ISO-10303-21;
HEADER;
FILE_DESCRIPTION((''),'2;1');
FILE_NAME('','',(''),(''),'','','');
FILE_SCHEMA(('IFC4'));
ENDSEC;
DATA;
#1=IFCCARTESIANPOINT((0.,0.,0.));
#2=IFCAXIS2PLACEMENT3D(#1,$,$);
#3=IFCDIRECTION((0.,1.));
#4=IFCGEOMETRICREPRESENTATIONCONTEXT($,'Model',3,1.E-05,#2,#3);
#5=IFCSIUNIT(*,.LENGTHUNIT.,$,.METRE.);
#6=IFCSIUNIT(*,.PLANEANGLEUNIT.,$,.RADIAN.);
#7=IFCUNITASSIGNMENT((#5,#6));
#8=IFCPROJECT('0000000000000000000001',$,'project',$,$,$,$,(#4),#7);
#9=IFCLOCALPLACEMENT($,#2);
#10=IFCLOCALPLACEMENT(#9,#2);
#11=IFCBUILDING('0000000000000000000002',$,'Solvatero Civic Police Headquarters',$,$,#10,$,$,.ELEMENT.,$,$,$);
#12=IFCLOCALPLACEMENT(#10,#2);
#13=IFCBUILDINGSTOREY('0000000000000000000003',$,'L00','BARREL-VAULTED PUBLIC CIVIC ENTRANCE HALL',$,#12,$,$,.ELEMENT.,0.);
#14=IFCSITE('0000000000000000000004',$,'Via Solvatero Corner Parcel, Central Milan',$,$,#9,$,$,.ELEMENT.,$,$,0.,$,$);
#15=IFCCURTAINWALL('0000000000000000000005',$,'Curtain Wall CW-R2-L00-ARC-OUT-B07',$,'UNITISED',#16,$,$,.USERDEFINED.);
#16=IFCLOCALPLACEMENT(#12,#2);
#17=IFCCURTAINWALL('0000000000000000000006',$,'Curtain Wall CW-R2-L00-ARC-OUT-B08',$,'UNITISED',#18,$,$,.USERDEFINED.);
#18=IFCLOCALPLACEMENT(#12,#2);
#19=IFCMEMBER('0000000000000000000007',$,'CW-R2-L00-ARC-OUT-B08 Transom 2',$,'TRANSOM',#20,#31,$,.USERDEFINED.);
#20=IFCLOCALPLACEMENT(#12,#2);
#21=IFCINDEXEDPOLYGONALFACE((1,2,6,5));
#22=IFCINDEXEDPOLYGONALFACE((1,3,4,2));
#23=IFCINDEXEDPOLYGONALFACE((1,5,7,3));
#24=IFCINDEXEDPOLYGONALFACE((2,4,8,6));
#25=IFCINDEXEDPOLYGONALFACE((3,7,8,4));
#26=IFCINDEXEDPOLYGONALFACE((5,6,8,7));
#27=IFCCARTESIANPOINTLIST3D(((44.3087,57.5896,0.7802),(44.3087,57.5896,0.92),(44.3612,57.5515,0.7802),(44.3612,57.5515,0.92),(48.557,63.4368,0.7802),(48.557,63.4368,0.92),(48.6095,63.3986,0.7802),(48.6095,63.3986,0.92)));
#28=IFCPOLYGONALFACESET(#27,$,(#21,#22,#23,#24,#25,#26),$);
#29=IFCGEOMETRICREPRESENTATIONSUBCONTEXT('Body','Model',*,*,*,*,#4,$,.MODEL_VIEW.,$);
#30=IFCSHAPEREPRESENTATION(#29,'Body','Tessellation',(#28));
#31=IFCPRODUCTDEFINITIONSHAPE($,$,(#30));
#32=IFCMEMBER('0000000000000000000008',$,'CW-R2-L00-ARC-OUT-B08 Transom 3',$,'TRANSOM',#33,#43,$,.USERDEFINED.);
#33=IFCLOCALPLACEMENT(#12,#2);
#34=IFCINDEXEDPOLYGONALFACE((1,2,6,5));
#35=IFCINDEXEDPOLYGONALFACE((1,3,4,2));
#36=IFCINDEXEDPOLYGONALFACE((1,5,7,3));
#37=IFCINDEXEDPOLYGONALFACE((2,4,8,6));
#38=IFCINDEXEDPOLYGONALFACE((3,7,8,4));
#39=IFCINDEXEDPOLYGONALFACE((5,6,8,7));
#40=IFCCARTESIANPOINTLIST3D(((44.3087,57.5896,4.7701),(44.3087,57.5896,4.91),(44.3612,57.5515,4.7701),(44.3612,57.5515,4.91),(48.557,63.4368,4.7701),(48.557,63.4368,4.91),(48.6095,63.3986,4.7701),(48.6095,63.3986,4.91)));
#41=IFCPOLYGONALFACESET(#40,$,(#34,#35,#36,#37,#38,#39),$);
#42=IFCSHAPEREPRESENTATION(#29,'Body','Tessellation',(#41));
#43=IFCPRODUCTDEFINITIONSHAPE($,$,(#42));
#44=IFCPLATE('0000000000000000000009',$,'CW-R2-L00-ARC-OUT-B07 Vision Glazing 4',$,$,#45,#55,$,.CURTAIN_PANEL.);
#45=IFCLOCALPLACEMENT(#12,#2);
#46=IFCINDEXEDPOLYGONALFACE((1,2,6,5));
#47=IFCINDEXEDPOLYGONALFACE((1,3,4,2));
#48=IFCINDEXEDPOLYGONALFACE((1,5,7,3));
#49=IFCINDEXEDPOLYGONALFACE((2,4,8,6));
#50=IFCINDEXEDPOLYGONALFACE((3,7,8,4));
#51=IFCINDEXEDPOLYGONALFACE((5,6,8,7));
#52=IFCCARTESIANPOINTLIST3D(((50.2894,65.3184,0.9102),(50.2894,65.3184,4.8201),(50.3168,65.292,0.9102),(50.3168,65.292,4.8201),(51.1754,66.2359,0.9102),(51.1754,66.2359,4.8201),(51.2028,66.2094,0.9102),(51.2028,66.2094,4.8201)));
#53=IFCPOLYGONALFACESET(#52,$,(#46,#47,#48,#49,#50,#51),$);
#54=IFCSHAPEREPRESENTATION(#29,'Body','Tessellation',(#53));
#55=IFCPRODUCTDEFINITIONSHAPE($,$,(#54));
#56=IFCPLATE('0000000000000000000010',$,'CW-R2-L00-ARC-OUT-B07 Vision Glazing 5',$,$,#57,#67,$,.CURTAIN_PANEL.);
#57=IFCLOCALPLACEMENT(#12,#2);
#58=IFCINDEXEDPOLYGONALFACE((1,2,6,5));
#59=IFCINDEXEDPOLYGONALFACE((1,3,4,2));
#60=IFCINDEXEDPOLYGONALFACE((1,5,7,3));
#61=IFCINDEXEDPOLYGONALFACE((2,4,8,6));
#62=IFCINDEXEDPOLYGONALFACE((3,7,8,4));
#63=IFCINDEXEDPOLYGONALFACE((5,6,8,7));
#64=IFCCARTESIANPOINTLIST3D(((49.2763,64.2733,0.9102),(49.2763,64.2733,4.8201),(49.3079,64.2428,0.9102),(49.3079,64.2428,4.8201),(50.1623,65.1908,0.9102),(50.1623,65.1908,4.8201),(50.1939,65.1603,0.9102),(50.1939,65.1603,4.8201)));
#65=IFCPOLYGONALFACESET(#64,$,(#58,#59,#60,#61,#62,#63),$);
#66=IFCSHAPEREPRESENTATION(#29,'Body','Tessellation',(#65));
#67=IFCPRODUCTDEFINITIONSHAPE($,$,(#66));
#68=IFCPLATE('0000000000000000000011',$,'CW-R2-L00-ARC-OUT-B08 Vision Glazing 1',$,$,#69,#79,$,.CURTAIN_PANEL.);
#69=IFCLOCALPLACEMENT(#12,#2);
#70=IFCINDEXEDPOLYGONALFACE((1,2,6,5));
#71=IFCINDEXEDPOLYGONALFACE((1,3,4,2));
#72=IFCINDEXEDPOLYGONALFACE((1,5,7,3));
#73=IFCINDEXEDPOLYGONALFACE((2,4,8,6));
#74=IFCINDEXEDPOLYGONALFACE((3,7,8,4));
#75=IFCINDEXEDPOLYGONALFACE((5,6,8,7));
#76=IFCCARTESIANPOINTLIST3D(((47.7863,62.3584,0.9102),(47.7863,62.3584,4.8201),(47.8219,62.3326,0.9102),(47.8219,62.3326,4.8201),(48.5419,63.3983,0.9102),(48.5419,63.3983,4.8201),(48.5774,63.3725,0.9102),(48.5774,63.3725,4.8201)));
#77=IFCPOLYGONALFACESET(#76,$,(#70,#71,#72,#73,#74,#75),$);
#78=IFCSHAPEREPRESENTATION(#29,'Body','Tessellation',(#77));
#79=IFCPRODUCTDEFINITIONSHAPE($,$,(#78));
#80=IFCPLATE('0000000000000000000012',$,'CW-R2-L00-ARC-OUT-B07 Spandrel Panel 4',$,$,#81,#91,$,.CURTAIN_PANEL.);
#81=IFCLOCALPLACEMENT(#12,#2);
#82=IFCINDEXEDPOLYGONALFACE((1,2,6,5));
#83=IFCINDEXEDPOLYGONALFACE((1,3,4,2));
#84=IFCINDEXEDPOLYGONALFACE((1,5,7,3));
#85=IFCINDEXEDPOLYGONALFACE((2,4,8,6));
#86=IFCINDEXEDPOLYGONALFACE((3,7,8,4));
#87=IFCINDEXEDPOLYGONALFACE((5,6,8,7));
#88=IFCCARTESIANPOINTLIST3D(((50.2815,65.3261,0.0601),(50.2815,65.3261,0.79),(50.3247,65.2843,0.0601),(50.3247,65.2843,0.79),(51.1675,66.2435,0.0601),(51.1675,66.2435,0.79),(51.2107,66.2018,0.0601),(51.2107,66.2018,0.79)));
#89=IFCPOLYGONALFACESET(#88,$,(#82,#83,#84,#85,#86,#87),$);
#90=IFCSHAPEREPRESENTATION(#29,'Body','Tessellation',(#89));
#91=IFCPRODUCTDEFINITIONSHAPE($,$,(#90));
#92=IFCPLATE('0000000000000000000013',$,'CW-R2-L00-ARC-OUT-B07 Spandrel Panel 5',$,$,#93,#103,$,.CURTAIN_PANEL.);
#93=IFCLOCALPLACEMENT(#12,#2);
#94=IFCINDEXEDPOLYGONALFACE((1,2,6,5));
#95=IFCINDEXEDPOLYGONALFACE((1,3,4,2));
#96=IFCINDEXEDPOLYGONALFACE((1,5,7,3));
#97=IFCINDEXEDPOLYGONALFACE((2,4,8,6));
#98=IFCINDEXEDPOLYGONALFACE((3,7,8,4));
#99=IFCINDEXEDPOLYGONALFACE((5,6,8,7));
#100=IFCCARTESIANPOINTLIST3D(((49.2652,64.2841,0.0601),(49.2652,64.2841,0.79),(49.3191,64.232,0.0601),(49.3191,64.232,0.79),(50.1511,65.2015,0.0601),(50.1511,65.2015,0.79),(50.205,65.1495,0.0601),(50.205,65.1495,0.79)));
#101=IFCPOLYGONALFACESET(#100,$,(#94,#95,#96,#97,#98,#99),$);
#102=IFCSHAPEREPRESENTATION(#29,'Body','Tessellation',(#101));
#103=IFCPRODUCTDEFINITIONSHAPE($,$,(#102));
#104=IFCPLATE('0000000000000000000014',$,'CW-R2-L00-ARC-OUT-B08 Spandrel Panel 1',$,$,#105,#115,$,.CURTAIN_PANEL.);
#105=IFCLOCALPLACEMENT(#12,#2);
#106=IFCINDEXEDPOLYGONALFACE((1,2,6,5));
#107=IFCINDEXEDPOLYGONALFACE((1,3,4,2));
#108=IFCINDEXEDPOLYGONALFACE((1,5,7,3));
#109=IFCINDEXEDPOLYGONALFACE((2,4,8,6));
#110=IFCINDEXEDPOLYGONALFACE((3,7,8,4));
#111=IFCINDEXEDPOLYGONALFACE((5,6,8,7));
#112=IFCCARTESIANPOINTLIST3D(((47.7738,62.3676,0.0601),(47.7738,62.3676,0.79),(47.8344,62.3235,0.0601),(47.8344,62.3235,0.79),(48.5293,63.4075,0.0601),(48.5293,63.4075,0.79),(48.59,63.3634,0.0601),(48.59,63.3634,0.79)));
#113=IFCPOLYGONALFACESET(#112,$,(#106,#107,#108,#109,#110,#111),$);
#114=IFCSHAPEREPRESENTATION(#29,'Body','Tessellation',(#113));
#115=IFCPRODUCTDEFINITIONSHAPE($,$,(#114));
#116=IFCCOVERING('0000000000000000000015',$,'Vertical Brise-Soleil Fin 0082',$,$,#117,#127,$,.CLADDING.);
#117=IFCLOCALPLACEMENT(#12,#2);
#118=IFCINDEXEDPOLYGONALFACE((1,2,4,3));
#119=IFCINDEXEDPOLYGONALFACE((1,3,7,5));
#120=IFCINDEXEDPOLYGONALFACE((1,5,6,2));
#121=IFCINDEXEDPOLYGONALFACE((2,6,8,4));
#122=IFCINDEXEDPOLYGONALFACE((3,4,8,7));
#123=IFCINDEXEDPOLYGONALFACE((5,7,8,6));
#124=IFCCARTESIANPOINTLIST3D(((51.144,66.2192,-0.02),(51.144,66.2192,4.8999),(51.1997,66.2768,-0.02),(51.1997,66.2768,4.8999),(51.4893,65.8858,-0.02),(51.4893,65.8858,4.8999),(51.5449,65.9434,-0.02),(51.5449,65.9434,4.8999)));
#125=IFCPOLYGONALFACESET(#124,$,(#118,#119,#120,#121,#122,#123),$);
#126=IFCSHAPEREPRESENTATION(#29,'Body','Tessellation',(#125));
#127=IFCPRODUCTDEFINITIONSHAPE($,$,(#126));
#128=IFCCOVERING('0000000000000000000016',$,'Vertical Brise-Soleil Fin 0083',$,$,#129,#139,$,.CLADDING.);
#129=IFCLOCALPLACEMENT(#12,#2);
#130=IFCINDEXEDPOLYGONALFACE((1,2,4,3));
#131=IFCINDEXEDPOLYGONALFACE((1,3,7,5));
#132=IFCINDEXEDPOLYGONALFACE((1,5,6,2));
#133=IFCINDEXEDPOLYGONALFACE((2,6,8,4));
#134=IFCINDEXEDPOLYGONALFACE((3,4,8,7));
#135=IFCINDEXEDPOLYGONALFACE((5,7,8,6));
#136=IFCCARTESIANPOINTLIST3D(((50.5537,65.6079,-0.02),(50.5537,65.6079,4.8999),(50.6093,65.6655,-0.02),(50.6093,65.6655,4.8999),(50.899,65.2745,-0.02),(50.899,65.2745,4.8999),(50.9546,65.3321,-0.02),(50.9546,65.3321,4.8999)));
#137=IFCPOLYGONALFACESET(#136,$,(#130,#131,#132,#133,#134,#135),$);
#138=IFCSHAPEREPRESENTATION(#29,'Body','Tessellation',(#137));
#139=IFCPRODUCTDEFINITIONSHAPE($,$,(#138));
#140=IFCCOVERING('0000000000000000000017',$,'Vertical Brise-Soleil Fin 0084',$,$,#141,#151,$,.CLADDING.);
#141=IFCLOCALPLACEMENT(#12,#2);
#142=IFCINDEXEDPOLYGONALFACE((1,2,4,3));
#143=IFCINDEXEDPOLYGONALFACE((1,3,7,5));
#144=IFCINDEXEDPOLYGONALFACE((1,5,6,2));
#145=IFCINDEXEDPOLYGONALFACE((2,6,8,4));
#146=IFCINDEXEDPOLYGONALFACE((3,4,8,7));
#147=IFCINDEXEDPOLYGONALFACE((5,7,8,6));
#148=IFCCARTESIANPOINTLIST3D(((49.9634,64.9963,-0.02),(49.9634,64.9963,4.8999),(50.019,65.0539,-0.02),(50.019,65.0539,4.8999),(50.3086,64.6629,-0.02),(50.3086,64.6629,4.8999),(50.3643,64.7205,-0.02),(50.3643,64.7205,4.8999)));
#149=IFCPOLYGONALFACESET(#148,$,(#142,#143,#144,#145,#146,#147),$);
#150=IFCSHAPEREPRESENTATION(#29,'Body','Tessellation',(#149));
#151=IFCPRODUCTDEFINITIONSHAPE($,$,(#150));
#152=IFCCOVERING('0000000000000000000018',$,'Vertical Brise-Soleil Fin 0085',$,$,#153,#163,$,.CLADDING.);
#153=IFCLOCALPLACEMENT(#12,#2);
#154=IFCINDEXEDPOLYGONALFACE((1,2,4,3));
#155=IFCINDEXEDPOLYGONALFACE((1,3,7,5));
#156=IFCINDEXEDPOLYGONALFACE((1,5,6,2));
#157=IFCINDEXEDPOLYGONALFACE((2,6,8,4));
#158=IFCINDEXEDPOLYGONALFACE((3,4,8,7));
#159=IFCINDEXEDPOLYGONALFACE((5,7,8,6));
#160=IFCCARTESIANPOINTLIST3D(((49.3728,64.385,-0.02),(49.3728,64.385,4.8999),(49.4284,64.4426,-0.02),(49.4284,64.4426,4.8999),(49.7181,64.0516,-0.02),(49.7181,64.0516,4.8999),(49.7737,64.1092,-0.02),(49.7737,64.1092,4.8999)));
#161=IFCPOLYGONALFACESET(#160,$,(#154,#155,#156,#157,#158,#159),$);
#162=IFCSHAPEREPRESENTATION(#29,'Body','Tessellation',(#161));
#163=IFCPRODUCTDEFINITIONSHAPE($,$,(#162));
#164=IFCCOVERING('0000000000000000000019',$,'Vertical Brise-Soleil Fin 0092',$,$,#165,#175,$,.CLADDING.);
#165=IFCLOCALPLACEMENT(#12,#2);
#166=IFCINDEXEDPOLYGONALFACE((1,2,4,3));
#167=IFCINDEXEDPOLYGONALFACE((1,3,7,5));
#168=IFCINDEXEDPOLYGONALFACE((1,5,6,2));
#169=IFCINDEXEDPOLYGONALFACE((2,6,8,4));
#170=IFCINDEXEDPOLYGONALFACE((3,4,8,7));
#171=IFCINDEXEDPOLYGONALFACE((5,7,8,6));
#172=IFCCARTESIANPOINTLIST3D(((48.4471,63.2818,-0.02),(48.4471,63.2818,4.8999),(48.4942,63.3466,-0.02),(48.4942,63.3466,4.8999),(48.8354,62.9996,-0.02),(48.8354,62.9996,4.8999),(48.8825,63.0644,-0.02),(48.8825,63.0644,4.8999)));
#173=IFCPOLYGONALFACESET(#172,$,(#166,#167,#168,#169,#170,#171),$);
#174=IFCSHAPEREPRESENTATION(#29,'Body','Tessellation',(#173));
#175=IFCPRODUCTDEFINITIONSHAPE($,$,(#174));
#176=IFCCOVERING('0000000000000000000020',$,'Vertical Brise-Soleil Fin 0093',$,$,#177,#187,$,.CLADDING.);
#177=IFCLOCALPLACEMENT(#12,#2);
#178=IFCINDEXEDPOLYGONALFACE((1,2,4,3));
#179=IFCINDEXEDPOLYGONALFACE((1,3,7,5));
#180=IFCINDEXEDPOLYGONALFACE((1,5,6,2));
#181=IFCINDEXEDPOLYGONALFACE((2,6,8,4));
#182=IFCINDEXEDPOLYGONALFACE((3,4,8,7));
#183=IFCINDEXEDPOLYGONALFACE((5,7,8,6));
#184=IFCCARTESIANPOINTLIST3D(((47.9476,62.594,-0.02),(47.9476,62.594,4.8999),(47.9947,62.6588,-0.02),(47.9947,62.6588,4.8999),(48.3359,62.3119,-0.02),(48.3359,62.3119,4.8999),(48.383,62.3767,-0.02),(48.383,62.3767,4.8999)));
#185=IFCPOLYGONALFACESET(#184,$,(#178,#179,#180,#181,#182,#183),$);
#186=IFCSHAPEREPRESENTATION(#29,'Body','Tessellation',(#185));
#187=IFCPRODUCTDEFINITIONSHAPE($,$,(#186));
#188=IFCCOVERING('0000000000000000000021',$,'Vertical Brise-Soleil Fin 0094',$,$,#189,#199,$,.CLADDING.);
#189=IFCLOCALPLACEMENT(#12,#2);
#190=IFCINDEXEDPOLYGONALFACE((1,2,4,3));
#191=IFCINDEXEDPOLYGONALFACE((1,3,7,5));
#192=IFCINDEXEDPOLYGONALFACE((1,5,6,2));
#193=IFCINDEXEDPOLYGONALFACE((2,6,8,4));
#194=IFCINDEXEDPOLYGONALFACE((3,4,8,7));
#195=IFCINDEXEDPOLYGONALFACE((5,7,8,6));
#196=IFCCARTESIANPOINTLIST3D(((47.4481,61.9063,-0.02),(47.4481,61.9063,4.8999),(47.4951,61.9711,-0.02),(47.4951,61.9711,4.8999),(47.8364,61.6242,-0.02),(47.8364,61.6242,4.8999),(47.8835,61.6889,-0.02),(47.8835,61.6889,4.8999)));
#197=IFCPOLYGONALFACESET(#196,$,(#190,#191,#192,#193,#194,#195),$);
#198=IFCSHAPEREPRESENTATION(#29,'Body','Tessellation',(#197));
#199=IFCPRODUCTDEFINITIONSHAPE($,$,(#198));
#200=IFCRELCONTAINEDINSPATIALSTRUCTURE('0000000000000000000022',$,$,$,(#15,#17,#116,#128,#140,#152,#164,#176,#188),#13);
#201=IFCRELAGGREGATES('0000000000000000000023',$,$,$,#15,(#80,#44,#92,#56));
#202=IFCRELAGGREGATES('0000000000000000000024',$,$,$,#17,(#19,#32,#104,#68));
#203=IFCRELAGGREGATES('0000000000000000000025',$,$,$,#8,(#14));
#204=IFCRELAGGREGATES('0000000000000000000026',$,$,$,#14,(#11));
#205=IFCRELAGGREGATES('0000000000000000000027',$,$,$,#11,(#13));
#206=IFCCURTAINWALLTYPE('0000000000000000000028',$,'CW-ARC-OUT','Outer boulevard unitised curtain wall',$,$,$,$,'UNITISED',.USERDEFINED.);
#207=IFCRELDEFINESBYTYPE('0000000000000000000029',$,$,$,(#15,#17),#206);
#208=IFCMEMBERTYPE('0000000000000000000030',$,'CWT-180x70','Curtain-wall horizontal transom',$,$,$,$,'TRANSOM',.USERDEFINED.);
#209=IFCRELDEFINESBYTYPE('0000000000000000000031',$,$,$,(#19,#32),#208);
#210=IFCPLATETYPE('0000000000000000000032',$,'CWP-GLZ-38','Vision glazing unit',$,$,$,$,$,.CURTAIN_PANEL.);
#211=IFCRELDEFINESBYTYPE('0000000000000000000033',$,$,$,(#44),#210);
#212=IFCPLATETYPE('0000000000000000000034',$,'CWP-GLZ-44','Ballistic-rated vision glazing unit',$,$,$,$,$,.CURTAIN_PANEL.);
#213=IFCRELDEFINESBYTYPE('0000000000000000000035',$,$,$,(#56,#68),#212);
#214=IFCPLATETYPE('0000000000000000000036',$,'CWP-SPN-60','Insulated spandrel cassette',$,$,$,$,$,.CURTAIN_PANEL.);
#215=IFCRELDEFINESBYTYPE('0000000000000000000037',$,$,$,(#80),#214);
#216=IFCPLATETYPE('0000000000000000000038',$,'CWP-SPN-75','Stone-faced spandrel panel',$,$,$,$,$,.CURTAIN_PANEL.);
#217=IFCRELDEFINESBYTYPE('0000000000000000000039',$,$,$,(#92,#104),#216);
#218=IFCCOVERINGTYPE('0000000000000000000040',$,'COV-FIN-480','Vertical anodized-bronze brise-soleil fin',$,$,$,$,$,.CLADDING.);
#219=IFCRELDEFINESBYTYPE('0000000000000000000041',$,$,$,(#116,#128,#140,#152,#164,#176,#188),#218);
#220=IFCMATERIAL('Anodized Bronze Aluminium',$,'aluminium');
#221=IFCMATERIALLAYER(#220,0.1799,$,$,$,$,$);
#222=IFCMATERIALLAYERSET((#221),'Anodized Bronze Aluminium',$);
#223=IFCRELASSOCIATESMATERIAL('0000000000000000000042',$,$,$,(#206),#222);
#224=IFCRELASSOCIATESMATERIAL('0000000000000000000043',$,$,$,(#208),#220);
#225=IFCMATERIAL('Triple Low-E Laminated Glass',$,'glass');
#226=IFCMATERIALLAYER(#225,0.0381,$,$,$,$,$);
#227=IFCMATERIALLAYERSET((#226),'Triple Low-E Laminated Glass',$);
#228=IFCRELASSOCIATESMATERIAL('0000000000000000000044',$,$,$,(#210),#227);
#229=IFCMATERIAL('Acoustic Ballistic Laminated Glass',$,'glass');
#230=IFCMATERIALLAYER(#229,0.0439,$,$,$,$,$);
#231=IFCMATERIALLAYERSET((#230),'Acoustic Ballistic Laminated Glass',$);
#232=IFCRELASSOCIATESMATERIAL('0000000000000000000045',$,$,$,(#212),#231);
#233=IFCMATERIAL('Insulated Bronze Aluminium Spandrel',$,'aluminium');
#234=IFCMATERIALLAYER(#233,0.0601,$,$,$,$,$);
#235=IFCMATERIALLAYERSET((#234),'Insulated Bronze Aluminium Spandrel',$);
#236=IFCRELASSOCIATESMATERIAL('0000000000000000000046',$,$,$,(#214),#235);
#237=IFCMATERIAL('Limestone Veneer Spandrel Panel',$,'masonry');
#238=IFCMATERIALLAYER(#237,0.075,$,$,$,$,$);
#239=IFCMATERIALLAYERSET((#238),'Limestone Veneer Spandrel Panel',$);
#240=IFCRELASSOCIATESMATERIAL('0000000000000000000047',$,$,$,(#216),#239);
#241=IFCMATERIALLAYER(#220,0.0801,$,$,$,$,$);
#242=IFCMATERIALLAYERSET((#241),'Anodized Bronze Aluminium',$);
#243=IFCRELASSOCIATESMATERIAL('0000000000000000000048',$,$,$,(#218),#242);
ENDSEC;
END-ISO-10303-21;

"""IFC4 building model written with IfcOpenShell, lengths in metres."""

from ifc_helpers import new_model, si_unit, direction, frame, origin, origin_2d, place, context, subcontext, project, spatial, rectangle, extrude, material, layer, layer_set, material_profile, profile_set, type_object, element, aggregate, save


model = new_model("IFC4")

# Units and contexts
model_context = context("Model", 3, precision=1e-05, world=origin(), true_north=direction((0.0, 1.0)))
body_context = subcontext(model_context, "Body", "Model", "MODEL_VIEW")
ifc_project = project(units=[si_unit("LENGTHUNIT", "METRE"), si_unit("PLANEANGLEUNIT", "RADIAN")], contexts=[model_context])

# Site, building, storey
site_placement = place(None, origin())
site = spatial("IfcSite", under=ifc_project, at=site_placement, Name="Via Solvatero Corner Parcel, Central Milan", CompositionType="ELEMENT", RefElevation=0.0)
building_placement = place(site_placement, origin())
building = spatial("IfcBuilding", under=site, at=building_placement, Name="Solvatero Civic Police Headquarters", CompositionType="ELEMENT")
storey_placement = place(building_placement, origin())
storey = spatial("IfcBuildingStorey", under=building, at=storey_placement, Name="L00", Description="BARREL-VAULTED PUBLIC CIVIC ENTRANCE HALL", CompositionType="ELEMENT", Elevation=0.0)

# Curtain walls, members
ifc_material_1 = material(Name="Anodized Bronze Aluminium", Category="aluminium")
ifc_layer_1 = layer(ifc_material_1, 0.1799)
ifc_layer_set_1 = layer_set([ifc_layer_1], Name="Anodized Bronze Aluminium")
curtain_wall_type = type_object("IfcCurtainWallType", Name="CW-ARC-OUT", Description="Outer boulevard unitised curtain wall", ElementType="UNITISED", PredefinedType="USERDEFINED", material=ifc_layer_set_1)
curtain_wall_1_placement = place(storey_placement, origin())
curtain_wall_1 = element("IfcCurtainWall", 1, at=curtain_wall_1_placement, inside=storey, type_object=curtain_wall_type, Name="Curtain Wall CW-R2-L00-ARC-OUT-B07", ObjectType="UNITISED", PredefinedType="USERDEFINED")
curtain_wall_2_placement = place(storey_placement, origin())
curtain_wall_2 = element("IfcCurtainWall", 2, at=curtain_wall_2_placement, inside=storey, type_object=curtain_wall_type, Name="Curtain Wall CW-R2-L00-ARC-OUT-B08", ObjectType="UNITISED", PredefinedType="USERDEFINED")
ifc_material_profile_1 = material_profile(ifc_material_1, rectangle(XDim=0.0649, YDim=0.1399, at=origin_2d()), Name="ALU TRANSOM 65x140")
ifc_profile_set_1 = profile_set([ifc_material_profile_1], Name="Anodized Bronze Aluminium")
member_type_1 = type_object("IfcMemberType", Name="CWT-180x70", Description="Curtain-wall horizontal transom", ElementType="TRANSOM", PredefinedType="USERDEFINED", material=ifc_profile_set_1)
member_1_placement = place(storey_placement, frame((48.5833, 63.4177, 0.8501), z_axis=(-0.587792, -0.809012, 0.0), x_axis=(0.809012, -0.587792, 0.0)))
member_1 = element("IfcMember", 3, at=member_1_placement, type_object=member_type_1, Name="CW-R2-L00-ARC-OUT-B08 Transom 2", ObjectType="TRANSOM", PredefinedType="USERDEFINED", context=body_context, shape_type="SweptSolid", body=[
    extrude(rectangle(XDim=0.0649, YDim=0.1399, at=origin_2d()), origin(), (0.0, 0.0, 1.0), 7.2275),
])
member_2_placement = place(storey_placement, frame((48.5833, 63.4177, 4.8401), z_axis=(-0.587792, -0.809012, 0.0), x_axis=(0.809012, -0.587792, 0.0)))
member_2 = element("IfcMember", 4, at=member_2_placement, type_object=member_type_1, Name="CW-R2-L00-ARC-OUT-B08 Transom 3", ObjectType="TRANSOM", PredefinedType="USERDEFINED", context=body_context, shape_type="SweptSolid", body=[
    extrude(rectangle(XDim=0.0649, YDim=0.1399, at=origin_2d()), origin(), (0.0, 0.0, 1.0), 7.2275),
])

# Plates
ifc_material_2 = material(Name="Triple Low-E Laminated Glass", Category="glass")
ifc_layer_2 = layer(ifc_material_2, 0.0381)
ifc_layer_set_2 = layer_set([ifc_layer_2], Name="Triple Low-E Laminated Glass")
plate_type_1 = type_object("IfcPlateType", Name="CWP-GLZ-38", Description="Vision glazing unit", PredefinedType="CURTAIN_PANEL", material=ifc_layer_set_2)
plate_1_placement = place(storey_placement, frame((50.7461, 65.7639, 0.9102), z_axis=(0.0, 0.0, 1.0), x_axis=(-0.694658, -0.71934, 0.0)))
plate_1 = element("IfcPlate", 5, at=plate_1_placement, type_object=plate_type_1, Name="CW-R2-L00-ARC-OUT-B07 Vision Glazing 4", PredefinedType="CURTAIN_PANEL", context=body_context, shape_type="SweptSolid", body=[
    extrude(rectangle(XDim=1.2754, YDim=0.0381, at=origin_2d()), origin(), (0.0, 0.0, 1.0), 3.9099),
])
ifc_material_3 = material(Name="Acoustic Ballistic Laminated Glass", Category="glass")
ifc_layer_3 = layer(ifc_material_3, 0.0439)
ifc_layer_set_3 = layer_set([ifc_layer_3], Name="Acoustic Ballistic Laminated Glass")
plate_type_2 = type_object("IfcPlateType", Name="CWP-GLZ-44", Description="Ballistic-rated vision glazing unit", PredefinedType="CURTAIN_PANEL", material=ifc_layer_set_3)
plate_2_placement = place(storey_placement, frame((49.7351, 64.7168, 0.9102), z_axis=(0.0, 0.0, 1.0), x_axis=(-0.694658, -0.71934, 0.0)))
plate_2 = element("IfcPlate", 6, at=plate_2_placement, type_object=plate_type_2, Name="CW-R2-L00-ARC-OUT-B07 Vision Glazing 5", PredefinedType="CURTAIN_PANEL", context=body_context, shape_type="SweptSolid", body=[
    extrude(rectangle(XDim=1.2754, YDim=0.0439, at=origin_2d()), origin(), (0.0, 0.0, 1.0), 3.9099),
])
plate_3_placement = place(storey_placement, frame((48.1819, 62.8655, 0.9102), z_axis=(0.0, 0.0, 1.0), x_axis=(-0.587785, -0.809017, 0.0)))
plate_3 = element("IfcPlate", 7, at=plate_3_placement, type_object=plate_type_2, Name="CW-R2-L00-ARC-OUT-B08 Vision Glazing 1", PredefinedType="CURTAIN_PANEL", context=body_context, shape_type="SweptSolid", body=[
    extrude(rectangle(XDim=1.2854, YDim=0.0439, at=origin_2d()), origin(), (0.0, 0.0, 1.0), 3.9099),
])
ifc_material_4 = material(Name="Insulated Bronze Aluminium Spandrel", Category="aluminium")
ifc_layer_4 = layer(ifc_material_4, 0.0601)
ifc_layer_set_4 = layer_set([ifc_layer_4], Name="Insulated Bronze Aluminium Spandrel")
plate_type_3 = type_object("IfcPlateType", Name="CWP-SPN-60", Description="Insulated spandrel cassette", PredefinedType="CURTAIN_PANEL", material=ifc_layer_set_4)
plate_4_placement = place(storey_placement, frame((50.7461, 65.7639, 0.0601), z_axis=(0.0, 0.0, 1.0), x_axis=(-0.694658, -0.71934, 0.0)))
plate_4 = element("IfcPlate", 8, at=plate_4_placement, type_object=plate_type_3, Name="CW-R2-L00-ARC-OUT-B07 Spandrel Panel 4", PredefinedType="CURTAIN_PANEL", context=body_context, shape_type="SweptSolid", body=[
    extrude(rectangle(XDim=1.2754, YDim=0.0601, at=origin_2d()), origin(), (0.0, 0.0, 1.0), 0.73),
])
ifc_material_5 = material(Name="Limestone Veneer Spandrel Panel", Category="masonry")
ifc_layer_5 = layer(ifc_material_5, 0.075)
ifc_layer_set_5 = layer_set([ifc_layer_5], Name="Limestone Veneer Spandrel Panel")
plate_type_4 = type_object("IfcPlateType", Name="CWP-SPN-75", Description="Stone-faced spandrel panel", PredefinedType="CURTAIN_PANEL", material=ifc_layer_set_5)
plate_5_placement = place(storey_placement, frame((49.7351, 64.7168, 0.0601), z_axis=(0.0, 0.0, 1.0), x_axis=(-0.694658, -0.71934, 0.0)))
plate_5 = element("IfcPlate", 9, at=plate_5_placement, type_object=plate_type_4, Name="CW-R2-L00-ARC-OUT-B07 Spandrel Panel 5", PredefinedType="CURTAIN_PANEL", context=body_context, shape_type="SweptSolid", body=[
    extrude(rectangle(XDim=1.2754, YDim=0.075, at=origin_2d()), origin(), (0.0, 0.0, 1.0), 0.73),
])
aggregate(curtain_wall_1, [plate_4, plate_1, plate_5, plate_2])
plate_6_placement = place(storey_placement, frame((48.1819, 62.8655, 0.0601), z_axis=(0.0, 0.0, 1.0), x_axis=(-0.587785, -0.809017, 0.0)))
plate_6 = element("IfcPlate", 10, at=plate_6_placement, type_object=plate_type_4, Name="CW-R2-L00-ARC-OUT-B08 Spandrel Panel 1", PredefinedType="CURTAIN_PANEL", context=body_context, shape_type="SweptSolid", body=[
    extrude(rectangle(XDim=1.2854, YDim=0.075, at=origin_2d()), origin(), (0.0, 0.0, 1.0), 0.73),
])
aggregate(curtain_wall_2, [member_1, member_2, plate_6, plate_3])

# Coverings
ifc_layer_6 = layer(ifc_material_1, 0.0801)
ifc_layer_set_6 = layer_set([ifc_layer_6], Name="Anodized Bronze Aluminium")
covering_type = type_object("IfcCoveringType", Name="COV-FIN-480", Description="Vertical anodized-bronze brise-soleil fin", PredefinedType="CLADDING", material=ifc_layer_set_6)
for number, where, z_axis, x_axis, name in (
    (11, (51.3445, 66.0813, -0.02), (0.0, 0.0, 1.0), (-0.694658, -0.71934, 0.0), "Vertical Brise-Soleil Fin 0082"),
    (12, (50.7542, 65.47, -0.02), (0.0, 0.0, 1.0), (-0.694658, -0.71934, 0.0), "Vertical Brise-Soleil Fin 0083"),
    (13, (50.1638, 64.8584, -0.02), (0.0, 0.0, 1.0), (-0.694658, -0.71934, 0.0), "Vertical Brise-Soleil Fin 0084"),
    (14, (49.5732, 64.2471, -0.02), (0.0, 0.0, 1.0), (-0.694658, -0.71934, 0.0), "Vertical Brise-Soleil Fin 0085"),
    (15, (48.6648, 63.1731, -0.02), (0.0, 0.0, 1.0), (-0.587785, -0.809017, 0.0), "Vertical Brise-Soleil Fin 0092"),
    (16, (48.1653, 62.4854, -0.02), (0.0, 0.0, 1.0), (-0.587785, -0.809017, 0.0), "Vertical Brise-Soleil Fin 0093"),
    (17, (47.6658, 61.7976, -0.02), (0.0, 0.0, 1.0), (-0.587785, -0.809017, 0.0), "Vertical Brise-Soleil Fin 0094"),
):
    element("IfcCovering", number, at=place(storey_placement, frame(where, z_axis=z_axis, x_axis=x_axis)), inside=storey, type_object=covering_type, Name=name, PredefinedType="CLADDING", context=body_context, shape_type="SweptSolid", body=[
        extrude(rectangle(XDim=0.0801, YDim=0.48, at=origin_2d()), origin(), (0.0, 0.0, 1.0), 4.9199),
    ])

save(model, "model.ifc")
